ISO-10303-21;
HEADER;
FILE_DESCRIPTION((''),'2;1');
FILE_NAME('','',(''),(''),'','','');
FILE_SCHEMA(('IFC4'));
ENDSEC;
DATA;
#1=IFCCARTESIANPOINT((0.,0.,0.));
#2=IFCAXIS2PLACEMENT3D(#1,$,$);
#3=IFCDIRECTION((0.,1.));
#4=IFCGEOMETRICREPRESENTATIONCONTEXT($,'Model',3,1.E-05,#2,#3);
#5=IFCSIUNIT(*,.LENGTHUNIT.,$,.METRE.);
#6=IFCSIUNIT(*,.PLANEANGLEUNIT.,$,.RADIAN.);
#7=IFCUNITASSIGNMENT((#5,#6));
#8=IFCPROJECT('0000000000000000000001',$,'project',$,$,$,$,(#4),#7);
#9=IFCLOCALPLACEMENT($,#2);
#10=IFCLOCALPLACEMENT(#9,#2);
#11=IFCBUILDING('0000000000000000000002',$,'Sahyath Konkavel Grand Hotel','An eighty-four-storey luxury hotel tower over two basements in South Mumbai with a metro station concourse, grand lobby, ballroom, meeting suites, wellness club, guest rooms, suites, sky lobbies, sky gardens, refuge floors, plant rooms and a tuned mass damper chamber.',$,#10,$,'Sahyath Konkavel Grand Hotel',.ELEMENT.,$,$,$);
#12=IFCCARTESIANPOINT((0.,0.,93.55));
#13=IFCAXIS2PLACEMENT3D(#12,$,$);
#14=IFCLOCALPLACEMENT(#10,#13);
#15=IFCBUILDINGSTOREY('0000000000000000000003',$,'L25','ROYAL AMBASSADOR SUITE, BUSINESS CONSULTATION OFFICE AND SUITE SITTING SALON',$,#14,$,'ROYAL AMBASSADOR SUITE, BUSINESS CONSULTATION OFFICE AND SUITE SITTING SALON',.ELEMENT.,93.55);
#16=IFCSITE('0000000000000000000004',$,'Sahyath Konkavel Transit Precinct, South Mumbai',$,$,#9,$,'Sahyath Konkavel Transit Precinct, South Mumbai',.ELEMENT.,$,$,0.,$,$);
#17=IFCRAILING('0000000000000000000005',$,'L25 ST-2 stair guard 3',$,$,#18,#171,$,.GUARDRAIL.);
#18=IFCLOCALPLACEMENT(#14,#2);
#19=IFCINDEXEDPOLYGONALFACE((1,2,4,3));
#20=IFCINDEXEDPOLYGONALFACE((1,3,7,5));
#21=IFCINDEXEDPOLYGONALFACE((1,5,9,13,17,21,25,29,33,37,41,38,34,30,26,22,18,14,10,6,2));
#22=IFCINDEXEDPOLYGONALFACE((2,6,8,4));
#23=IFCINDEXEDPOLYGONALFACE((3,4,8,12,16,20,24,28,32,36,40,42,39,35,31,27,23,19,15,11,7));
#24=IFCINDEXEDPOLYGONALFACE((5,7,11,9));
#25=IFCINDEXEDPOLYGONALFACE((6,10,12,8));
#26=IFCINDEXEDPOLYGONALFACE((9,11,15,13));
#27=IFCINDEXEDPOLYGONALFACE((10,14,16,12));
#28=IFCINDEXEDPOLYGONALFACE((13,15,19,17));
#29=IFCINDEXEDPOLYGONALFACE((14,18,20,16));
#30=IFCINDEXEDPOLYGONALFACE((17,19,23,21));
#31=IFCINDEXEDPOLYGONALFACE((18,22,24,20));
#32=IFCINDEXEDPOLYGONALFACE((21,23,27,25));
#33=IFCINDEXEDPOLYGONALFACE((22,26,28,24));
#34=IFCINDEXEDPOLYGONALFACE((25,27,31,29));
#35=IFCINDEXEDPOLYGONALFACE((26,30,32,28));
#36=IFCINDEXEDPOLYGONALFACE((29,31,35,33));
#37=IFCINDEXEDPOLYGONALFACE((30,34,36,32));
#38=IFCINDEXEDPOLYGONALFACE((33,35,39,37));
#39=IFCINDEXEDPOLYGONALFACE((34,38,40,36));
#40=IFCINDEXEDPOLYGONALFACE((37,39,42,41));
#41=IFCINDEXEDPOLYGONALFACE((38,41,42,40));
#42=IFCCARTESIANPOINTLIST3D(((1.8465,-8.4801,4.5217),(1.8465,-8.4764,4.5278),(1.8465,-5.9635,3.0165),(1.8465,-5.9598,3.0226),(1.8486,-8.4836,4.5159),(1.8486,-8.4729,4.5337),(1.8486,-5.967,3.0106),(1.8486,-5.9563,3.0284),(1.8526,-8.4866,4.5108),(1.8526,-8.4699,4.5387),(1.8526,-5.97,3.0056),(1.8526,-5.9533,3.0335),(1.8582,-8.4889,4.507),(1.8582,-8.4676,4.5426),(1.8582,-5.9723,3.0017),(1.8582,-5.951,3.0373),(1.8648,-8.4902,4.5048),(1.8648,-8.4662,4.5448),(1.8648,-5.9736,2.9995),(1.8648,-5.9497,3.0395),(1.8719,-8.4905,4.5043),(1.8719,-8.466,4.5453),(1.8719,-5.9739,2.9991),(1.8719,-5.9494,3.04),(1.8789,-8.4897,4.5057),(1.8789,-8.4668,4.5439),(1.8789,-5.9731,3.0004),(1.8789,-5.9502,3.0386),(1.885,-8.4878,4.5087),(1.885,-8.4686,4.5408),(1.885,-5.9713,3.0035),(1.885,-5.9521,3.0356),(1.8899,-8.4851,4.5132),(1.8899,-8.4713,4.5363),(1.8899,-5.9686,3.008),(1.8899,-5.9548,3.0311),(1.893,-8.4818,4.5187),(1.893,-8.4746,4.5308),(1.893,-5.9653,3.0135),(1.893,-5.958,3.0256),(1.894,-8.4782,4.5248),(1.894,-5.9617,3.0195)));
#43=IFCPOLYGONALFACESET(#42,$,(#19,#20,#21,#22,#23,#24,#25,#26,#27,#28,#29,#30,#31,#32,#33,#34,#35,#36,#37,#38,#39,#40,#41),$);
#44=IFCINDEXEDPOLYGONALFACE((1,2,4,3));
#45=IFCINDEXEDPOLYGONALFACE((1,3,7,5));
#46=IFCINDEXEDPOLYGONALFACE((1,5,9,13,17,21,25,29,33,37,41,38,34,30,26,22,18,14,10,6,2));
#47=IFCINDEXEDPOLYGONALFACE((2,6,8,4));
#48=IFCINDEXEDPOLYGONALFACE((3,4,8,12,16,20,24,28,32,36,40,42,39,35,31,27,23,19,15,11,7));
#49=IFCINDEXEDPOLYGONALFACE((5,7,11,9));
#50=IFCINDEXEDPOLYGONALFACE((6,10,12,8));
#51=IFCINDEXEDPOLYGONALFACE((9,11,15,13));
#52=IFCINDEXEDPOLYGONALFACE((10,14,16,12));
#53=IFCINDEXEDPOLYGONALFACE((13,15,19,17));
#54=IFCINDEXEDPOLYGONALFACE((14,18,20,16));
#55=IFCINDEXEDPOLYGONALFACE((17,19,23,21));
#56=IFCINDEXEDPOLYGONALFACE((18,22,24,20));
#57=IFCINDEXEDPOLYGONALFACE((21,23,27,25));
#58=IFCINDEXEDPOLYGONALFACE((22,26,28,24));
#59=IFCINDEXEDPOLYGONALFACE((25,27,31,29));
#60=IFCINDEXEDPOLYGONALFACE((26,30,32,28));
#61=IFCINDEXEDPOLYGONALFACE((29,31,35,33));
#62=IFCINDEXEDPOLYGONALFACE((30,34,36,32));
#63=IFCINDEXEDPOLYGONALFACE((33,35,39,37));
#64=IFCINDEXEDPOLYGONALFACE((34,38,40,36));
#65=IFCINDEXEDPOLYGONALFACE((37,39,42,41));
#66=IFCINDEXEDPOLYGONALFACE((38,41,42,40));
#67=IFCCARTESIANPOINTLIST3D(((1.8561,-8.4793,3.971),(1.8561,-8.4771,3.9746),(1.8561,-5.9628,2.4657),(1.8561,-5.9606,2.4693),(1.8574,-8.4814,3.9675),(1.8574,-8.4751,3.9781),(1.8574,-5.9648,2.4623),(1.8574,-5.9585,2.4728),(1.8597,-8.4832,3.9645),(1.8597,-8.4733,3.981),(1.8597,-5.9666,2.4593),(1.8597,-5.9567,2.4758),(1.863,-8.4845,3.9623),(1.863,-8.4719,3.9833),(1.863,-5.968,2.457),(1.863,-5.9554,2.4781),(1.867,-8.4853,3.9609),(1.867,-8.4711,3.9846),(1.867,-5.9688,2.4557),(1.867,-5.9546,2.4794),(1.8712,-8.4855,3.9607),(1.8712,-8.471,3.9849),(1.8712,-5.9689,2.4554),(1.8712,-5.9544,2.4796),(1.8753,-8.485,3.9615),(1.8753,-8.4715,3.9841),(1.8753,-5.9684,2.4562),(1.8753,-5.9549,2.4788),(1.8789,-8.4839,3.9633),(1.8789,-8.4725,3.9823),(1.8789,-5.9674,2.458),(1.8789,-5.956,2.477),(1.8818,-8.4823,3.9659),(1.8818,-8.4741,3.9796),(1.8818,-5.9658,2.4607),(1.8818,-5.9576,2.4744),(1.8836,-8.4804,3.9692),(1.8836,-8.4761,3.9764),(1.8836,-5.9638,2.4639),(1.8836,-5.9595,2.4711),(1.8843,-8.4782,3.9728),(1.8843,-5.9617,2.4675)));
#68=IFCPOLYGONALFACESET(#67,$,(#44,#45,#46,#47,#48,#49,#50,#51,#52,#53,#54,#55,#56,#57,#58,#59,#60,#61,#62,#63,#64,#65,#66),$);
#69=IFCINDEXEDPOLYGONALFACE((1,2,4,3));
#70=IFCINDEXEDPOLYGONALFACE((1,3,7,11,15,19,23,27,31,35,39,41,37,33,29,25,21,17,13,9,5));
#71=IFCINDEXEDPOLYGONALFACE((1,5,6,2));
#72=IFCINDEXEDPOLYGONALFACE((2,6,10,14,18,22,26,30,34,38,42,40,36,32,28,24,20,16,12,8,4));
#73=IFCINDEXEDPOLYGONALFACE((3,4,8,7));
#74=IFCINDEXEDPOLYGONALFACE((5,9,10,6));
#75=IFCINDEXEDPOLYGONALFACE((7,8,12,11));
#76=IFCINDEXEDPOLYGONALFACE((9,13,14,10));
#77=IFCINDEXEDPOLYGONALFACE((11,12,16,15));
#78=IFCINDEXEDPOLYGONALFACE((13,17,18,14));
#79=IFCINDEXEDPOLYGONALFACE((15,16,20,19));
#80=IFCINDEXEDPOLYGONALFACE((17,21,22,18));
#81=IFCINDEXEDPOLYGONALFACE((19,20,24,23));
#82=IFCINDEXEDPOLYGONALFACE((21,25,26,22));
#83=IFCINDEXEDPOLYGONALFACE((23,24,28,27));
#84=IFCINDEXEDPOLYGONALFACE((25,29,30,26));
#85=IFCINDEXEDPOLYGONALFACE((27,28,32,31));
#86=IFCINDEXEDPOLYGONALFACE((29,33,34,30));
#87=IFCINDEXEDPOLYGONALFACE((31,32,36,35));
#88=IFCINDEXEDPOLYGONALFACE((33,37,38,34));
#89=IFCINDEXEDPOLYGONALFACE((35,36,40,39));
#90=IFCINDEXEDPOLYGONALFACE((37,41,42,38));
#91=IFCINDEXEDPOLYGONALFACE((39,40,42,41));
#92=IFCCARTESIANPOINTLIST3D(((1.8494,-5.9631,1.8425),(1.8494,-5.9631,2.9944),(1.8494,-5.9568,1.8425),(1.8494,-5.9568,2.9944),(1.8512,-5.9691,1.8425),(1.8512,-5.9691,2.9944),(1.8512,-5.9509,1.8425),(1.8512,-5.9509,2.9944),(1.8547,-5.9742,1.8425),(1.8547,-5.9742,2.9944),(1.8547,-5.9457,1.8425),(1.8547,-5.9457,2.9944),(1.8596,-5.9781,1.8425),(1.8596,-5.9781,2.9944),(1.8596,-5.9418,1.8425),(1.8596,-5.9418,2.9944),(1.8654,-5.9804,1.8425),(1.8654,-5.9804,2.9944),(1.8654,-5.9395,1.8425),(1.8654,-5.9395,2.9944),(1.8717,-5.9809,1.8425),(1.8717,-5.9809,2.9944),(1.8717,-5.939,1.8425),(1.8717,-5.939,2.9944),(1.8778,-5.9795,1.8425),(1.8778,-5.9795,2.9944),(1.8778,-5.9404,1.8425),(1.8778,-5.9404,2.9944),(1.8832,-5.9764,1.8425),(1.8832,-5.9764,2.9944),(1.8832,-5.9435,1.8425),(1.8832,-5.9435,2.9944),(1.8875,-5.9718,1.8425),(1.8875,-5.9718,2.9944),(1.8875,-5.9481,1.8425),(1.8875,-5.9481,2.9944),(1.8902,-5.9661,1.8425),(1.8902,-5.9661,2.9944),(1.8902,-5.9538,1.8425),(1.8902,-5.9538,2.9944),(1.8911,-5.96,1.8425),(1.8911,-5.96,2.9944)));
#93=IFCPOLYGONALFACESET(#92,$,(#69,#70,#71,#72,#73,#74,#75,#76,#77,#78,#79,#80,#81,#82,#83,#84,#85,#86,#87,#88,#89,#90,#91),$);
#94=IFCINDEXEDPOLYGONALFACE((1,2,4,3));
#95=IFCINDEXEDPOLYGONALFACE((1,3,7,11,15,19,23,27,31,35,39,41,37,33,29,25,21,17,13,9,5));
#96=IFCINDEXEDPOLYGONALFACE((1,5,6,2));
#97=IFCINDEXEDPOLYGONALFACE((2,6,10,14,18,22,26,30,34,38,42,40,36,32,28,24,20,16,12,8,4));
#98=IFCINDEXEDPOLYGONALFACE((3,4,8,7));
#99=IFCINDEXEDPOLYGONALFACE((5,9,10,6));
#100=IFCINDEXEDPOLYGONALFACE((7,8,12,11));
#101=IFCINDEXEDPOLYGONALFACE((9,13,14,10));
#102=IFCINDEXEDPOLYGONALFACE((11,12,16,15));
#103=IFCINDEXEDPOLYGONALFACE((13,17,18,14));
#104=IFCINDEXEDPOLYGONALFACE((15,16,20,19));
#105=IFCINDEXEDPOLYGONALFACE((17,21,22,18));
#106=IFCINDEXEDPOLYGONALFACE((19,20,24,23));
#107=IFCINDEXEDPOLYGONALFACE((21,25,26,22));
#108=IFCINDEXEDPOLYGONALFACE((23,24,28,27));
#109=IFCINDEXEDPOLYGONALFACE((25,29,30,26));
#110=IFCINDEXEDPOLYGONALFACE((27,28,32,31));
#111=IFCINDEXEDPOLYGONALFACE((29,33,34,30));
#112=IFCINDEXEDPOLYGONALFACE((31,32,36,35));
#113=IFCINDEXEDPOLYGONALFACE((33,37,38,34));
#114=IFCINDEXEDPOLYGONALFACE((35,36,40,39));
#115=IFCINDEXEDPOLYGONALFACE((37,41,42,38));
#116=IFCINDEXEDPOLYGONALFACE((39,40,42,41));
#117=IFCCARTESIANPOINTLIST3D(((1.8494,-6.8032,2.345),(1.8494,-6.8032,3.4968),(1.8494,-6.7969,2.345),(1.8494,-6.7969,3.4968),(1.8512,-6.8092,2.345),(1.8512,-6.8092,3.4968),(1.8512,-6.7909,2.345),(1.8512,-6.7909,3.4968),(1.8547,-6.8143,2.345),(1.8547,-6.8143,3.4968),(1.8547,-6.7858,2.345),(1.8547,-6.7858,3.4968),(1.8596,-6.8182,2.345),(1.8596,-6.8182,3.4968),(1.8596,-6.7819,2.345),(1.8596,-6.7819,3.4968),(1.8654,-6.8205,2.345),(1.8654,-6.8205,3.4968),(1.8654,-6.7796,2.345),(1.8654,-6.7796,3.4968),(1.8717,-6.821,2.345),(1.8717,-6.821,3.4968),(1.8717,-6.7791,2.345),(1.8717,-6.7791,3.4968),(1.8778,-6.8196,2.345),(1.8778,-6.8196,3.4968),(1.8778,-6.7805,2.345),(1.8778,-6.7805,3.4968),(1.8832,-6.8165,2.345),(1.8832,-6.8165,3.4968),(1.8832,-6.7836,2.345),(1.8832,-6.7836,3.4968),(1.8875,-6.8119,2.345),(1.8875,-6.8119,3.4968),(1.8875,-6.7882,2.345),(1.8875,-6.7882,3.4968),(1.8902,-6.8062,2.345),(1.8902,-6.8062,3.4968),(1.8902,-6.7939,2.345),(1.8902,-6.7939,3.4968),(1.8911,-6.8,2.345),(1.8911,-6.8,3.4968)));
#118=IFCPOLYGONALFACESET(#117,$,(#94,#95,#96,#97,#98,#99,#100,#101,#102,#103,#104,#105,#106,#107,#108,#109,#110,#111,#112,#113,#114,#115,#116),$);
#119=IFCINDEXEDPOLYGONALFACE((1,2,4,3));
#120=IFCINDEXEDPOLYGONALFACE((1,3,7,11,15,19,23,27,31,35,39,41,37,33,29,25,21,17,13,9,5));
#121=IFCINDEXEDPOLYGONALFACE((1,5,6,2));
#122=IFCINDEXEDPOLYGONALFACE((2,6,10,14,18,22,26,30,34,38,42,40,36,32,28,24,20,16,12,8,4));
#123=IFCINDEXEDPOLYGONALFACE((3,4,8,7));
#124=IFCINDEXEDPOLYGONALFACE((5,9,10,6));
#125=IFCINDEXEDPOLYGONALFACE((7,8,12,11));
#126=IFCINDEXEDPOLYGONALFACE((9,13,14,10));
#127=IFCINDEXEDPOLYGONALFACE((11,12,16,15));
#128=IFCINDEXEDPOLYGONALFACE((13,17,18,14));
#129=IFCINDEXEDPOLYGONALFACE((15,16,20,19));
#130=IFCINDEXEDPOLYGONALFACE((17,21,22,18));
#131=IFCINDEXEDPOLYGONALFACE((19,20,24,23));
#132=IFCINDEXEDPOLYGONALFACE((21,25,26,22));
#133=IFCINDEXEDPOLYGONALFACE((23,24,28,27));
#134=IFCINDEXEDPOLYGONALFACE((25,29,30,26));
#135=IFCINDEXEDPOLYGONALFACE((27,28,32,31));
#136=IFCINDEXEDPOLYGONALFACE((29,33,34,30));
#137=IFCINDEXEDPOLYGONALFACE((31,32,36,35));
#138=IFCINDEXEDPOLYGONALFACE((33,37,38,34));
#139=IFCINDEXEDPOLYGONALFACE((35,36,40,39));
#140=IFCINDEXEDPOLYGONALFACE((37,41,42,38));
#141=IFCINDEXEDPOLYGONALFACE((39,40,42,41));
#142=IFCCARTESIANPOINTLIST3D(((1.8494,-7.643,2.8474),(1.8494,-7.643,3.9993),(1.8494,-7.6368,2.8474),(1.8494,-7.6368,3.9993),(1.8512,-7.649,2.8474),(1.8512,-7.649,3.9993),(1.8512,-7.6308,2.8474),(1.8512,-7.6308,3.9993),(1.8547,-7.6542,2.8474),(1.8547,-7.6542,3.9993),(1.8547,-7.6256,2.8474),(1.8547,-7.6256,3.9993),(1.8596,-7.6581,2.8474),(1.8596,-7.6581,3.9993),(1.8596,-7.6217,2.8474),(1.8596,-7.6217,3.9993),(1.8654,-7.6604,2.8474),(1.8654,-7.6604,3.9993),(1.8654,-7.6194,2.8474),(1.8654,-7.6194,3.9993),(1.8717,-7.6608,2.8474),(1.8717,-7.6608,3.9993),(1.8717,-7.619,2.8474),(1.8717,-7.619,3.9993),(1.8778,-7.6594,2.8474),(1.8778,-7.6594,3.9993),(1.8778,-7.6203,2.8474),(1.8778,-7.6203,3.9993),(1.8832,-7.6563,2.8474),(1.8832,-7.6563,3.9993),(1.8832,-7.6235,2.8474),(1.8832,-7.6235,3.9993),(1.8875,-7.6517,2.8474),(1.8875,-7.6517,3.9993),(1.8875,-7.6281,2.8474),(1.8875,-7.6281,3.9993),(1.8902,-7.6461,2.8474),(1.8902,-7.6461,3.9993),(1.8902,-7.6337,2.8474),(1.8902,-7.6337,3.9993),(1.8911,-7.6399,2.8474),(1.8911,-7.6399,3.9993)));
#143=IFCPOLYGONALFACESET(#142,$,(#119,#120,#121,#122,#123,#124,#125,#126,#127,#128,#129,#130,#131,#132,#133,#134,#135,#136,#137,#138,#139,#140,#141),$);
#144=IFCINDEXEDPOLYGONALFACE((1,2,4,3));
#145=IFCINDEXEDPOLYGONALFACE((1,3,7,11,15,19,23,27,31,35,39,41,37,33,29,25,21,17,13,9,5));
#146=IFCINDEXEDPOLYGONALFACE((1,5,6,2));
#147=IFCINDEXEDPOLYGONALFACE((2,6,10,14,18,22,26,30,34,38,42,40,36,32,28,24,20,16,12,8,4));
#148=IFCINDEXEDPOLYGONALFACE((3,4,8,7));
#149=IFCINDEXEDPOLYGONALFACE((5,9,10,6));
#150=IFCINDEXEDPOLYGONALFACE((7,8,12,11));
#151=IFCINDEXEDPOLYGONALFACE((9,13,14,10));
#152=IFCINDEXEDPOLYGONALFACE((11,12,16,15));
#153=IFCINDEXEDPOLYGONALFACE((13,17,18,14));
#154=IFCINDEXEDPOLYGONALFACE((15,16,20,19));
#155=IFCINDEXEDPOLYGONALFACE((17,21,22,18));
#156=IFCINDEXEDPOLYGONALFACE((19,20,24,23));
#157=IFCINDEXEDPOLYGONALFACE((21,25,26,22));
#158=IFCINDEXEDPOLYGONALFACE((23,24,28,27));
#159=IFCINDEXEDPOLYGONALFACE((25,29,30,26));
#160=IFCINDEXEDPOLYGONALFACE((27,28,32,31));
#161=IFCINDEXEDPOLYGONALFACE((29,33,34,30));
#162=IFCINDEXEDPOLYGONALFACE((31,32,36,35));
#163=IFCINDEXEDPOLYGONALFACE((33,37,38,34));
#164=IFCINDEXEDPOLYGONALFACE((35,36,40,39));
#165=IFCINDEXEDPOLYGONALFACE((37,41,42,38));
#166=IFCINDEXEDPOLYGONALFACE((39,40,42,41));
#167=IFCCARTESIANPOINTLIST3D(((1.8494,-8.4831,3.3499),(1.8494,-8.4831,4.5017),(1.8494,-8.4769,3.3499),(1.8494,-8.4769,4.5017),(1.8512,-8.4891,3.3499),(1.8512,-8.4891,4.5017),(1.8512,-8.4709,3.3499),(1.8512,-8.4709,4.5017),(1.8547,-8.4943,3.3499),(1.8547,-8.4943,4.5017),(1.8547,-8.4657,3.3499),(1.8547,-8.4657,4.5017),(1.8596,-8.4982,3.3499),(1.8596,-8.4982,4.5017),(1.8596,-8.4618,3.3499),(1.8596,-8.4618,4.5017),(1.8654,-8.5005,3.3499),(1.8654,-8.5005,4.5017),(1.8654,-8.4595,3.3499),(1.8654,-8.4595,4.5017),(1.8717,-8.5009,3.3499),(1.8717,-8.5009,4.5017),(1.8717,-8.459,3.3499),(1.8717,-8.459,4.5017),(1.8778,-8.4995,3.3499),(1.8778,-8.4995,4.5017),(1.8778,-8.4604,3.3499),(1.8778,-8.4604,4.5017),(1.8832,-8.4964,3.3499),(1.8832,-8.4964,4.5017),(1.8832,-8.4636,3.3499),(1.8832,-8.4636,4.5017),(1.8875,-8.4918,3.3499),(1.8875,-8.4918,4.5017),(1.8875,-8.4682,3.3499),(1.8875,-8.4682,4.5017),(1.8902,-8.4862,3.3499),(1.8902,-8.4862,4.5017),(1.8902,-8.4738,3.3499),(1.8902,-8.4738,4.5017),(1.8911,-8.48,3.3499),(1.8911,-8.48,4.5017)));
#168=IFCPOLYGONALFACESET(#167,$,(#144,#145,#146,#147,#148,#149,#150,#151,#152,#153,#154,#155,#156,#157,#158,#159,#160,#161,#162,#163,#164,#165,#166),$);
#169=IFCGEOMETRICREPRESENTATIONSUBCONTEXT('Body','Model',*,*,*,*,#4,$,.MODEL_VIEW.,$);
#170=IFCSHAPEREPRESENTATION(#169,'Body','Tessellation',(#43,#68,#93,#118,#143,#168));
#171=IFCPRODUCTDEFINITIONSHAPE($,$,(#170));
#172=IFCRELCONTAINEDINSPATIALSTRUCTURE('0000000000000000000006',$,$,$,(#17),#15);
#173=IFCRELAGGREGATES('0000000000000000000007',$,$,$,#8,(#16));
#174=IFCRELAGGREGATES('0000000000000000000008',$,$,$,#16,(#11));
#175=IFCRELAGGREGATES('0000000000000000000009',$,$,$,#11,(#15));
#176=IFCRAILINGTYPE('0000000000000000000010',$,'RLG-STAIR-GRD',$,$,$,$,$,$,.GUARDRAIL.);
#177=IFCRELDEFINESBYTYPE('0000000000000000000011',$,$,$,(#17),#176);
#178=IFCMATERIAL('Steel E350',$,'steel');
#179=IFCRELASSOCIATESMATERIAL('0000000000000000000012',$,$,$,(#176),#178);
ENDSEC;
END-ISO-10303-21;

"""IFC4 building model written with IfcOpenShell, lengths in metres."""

from ifc_helpers import new_model, si_unit, direction, frame, origin, origin_2d, place, context, subcontext, project, spatial, circle, extrude, material, type_object, element, save


model = new_model("IFC4")

# Units and contexts
model_context = context("Model", 3, precision=1e-05, world=origin(), true_north=direction((0.0, 1.0)))
body_context = subcontext(model_context, "Body", "Model", "MODEL_VIEW")
ifc_project = project(units=[si_unit("LENGTHUNIT", "METRE"), si_unit("PLANEANGLEUNIT", "RADIAN")], contexts=[model_context])

# Site, building, storey
site_placement = place(None, origin())
site = spatial("IfcSite", under=ifc_project, at=site_placement, Name="Sahyath Konkavel Transit Precinct, South Mumbai", LongName="Sahyath Konkavel Transit Precinct, South Mumbai", CompositionType="ELEMENT", RefElevation=0.0)
building_placement = place(site_placement, origin())
building = spatial("IfcBuilding", under=site, at=building_placement, Name="Sahyath Konkavel Grand Hotel", Description="An eighty-four-storey luxury hotel tower over two basements in South Mumbai with a metro station concourse, grand lobby, ballroom, meeting suites, wellness club, guest rooms, suites, sky lobbies, sky gardens, refuge floors, plant rooms and a tuned mass damper chamber.", LongName="Sahyath Konkavel Grand Hotel", CompositionType="ELEMENT")
storey_placement = place(building_placement, frame((0.0, 0.0, 93.55)))
storey = spatial("IfcBuildingStorey", under=building, at=storey_placement, Name="L25", Description="ROYAL AMBASSADOR SUITE, BUSINESS CONSULTATION OFFICE AND SUITE SITTING SALON", LongName="ROYAL AMBASSADOR SUITE, BUSINESS CONSULTATION OFFICE AND SUITE SITTING SALON", CompositionType="ELEMENT", Elevation=93.55)

# Shared definitions
ifc_material_1 = material(Name="Steel E350", Category="steel")

# Railing
railing_type_1 = type_object("IfcRailingType", Name="RLG-STAIR-GRD", PredefinedType="GUARDRAIL", material=ifc_material_1)
railing_1_placement = place(storey_placement, frame((1.8701, -5.96, 1.8425)))
element("IfcRailing", 1, at=railing_1_placement, inside=storey, type_object=railing_type_1, Name="L25 ST-2 stair guard 3", PredefinedType="GUARDRAIL", context=body_context, shape_type="SweptSolid", body=[
    extrude(circle(Radius=0.0239, at=origin_2d()), frame((0.0, -0.0017, 1.177), z_axis=(0.0, -0.858196, 0.513321), x_axis=(1.0, 0.0, 0.0)), (0.0, 0.0, 1.0), 2.9324),
    extrude(circle(Radius=0.0142, at=origin_2d()), frame((0.0, -0.0017, 0.625), z_axis=(0.0, -0.858196, 0.513321), x_axis=(1.0, 0.0, 0.0)), (0.0, 0.0, 1.0), 2.9324),
    extrude(circle(Radius=0.021, at=origin_2d()), origin(), (0.0, 0.0, 1.0), 1.1519),
    extrude(circle(Radius=0.021, at=origin_2d()), frame((0.0, -0.8401, 0.5024)), (0.0, 0.0, 1.0), 1.1519),
    extrude(circle(Radius=0.021, at=origin_2d()), frame((0.0, -1.6799, 1.0049)), (0.0, 0.0, 1.0), 1.1519),
    extrude(circle(Radius=0.021, at=origin_2d()), frame((0.0, -2.52, 1.5073)), (0.0, 0.0, 1.0), 1.1519),
])

save(model, "model.ifc")
